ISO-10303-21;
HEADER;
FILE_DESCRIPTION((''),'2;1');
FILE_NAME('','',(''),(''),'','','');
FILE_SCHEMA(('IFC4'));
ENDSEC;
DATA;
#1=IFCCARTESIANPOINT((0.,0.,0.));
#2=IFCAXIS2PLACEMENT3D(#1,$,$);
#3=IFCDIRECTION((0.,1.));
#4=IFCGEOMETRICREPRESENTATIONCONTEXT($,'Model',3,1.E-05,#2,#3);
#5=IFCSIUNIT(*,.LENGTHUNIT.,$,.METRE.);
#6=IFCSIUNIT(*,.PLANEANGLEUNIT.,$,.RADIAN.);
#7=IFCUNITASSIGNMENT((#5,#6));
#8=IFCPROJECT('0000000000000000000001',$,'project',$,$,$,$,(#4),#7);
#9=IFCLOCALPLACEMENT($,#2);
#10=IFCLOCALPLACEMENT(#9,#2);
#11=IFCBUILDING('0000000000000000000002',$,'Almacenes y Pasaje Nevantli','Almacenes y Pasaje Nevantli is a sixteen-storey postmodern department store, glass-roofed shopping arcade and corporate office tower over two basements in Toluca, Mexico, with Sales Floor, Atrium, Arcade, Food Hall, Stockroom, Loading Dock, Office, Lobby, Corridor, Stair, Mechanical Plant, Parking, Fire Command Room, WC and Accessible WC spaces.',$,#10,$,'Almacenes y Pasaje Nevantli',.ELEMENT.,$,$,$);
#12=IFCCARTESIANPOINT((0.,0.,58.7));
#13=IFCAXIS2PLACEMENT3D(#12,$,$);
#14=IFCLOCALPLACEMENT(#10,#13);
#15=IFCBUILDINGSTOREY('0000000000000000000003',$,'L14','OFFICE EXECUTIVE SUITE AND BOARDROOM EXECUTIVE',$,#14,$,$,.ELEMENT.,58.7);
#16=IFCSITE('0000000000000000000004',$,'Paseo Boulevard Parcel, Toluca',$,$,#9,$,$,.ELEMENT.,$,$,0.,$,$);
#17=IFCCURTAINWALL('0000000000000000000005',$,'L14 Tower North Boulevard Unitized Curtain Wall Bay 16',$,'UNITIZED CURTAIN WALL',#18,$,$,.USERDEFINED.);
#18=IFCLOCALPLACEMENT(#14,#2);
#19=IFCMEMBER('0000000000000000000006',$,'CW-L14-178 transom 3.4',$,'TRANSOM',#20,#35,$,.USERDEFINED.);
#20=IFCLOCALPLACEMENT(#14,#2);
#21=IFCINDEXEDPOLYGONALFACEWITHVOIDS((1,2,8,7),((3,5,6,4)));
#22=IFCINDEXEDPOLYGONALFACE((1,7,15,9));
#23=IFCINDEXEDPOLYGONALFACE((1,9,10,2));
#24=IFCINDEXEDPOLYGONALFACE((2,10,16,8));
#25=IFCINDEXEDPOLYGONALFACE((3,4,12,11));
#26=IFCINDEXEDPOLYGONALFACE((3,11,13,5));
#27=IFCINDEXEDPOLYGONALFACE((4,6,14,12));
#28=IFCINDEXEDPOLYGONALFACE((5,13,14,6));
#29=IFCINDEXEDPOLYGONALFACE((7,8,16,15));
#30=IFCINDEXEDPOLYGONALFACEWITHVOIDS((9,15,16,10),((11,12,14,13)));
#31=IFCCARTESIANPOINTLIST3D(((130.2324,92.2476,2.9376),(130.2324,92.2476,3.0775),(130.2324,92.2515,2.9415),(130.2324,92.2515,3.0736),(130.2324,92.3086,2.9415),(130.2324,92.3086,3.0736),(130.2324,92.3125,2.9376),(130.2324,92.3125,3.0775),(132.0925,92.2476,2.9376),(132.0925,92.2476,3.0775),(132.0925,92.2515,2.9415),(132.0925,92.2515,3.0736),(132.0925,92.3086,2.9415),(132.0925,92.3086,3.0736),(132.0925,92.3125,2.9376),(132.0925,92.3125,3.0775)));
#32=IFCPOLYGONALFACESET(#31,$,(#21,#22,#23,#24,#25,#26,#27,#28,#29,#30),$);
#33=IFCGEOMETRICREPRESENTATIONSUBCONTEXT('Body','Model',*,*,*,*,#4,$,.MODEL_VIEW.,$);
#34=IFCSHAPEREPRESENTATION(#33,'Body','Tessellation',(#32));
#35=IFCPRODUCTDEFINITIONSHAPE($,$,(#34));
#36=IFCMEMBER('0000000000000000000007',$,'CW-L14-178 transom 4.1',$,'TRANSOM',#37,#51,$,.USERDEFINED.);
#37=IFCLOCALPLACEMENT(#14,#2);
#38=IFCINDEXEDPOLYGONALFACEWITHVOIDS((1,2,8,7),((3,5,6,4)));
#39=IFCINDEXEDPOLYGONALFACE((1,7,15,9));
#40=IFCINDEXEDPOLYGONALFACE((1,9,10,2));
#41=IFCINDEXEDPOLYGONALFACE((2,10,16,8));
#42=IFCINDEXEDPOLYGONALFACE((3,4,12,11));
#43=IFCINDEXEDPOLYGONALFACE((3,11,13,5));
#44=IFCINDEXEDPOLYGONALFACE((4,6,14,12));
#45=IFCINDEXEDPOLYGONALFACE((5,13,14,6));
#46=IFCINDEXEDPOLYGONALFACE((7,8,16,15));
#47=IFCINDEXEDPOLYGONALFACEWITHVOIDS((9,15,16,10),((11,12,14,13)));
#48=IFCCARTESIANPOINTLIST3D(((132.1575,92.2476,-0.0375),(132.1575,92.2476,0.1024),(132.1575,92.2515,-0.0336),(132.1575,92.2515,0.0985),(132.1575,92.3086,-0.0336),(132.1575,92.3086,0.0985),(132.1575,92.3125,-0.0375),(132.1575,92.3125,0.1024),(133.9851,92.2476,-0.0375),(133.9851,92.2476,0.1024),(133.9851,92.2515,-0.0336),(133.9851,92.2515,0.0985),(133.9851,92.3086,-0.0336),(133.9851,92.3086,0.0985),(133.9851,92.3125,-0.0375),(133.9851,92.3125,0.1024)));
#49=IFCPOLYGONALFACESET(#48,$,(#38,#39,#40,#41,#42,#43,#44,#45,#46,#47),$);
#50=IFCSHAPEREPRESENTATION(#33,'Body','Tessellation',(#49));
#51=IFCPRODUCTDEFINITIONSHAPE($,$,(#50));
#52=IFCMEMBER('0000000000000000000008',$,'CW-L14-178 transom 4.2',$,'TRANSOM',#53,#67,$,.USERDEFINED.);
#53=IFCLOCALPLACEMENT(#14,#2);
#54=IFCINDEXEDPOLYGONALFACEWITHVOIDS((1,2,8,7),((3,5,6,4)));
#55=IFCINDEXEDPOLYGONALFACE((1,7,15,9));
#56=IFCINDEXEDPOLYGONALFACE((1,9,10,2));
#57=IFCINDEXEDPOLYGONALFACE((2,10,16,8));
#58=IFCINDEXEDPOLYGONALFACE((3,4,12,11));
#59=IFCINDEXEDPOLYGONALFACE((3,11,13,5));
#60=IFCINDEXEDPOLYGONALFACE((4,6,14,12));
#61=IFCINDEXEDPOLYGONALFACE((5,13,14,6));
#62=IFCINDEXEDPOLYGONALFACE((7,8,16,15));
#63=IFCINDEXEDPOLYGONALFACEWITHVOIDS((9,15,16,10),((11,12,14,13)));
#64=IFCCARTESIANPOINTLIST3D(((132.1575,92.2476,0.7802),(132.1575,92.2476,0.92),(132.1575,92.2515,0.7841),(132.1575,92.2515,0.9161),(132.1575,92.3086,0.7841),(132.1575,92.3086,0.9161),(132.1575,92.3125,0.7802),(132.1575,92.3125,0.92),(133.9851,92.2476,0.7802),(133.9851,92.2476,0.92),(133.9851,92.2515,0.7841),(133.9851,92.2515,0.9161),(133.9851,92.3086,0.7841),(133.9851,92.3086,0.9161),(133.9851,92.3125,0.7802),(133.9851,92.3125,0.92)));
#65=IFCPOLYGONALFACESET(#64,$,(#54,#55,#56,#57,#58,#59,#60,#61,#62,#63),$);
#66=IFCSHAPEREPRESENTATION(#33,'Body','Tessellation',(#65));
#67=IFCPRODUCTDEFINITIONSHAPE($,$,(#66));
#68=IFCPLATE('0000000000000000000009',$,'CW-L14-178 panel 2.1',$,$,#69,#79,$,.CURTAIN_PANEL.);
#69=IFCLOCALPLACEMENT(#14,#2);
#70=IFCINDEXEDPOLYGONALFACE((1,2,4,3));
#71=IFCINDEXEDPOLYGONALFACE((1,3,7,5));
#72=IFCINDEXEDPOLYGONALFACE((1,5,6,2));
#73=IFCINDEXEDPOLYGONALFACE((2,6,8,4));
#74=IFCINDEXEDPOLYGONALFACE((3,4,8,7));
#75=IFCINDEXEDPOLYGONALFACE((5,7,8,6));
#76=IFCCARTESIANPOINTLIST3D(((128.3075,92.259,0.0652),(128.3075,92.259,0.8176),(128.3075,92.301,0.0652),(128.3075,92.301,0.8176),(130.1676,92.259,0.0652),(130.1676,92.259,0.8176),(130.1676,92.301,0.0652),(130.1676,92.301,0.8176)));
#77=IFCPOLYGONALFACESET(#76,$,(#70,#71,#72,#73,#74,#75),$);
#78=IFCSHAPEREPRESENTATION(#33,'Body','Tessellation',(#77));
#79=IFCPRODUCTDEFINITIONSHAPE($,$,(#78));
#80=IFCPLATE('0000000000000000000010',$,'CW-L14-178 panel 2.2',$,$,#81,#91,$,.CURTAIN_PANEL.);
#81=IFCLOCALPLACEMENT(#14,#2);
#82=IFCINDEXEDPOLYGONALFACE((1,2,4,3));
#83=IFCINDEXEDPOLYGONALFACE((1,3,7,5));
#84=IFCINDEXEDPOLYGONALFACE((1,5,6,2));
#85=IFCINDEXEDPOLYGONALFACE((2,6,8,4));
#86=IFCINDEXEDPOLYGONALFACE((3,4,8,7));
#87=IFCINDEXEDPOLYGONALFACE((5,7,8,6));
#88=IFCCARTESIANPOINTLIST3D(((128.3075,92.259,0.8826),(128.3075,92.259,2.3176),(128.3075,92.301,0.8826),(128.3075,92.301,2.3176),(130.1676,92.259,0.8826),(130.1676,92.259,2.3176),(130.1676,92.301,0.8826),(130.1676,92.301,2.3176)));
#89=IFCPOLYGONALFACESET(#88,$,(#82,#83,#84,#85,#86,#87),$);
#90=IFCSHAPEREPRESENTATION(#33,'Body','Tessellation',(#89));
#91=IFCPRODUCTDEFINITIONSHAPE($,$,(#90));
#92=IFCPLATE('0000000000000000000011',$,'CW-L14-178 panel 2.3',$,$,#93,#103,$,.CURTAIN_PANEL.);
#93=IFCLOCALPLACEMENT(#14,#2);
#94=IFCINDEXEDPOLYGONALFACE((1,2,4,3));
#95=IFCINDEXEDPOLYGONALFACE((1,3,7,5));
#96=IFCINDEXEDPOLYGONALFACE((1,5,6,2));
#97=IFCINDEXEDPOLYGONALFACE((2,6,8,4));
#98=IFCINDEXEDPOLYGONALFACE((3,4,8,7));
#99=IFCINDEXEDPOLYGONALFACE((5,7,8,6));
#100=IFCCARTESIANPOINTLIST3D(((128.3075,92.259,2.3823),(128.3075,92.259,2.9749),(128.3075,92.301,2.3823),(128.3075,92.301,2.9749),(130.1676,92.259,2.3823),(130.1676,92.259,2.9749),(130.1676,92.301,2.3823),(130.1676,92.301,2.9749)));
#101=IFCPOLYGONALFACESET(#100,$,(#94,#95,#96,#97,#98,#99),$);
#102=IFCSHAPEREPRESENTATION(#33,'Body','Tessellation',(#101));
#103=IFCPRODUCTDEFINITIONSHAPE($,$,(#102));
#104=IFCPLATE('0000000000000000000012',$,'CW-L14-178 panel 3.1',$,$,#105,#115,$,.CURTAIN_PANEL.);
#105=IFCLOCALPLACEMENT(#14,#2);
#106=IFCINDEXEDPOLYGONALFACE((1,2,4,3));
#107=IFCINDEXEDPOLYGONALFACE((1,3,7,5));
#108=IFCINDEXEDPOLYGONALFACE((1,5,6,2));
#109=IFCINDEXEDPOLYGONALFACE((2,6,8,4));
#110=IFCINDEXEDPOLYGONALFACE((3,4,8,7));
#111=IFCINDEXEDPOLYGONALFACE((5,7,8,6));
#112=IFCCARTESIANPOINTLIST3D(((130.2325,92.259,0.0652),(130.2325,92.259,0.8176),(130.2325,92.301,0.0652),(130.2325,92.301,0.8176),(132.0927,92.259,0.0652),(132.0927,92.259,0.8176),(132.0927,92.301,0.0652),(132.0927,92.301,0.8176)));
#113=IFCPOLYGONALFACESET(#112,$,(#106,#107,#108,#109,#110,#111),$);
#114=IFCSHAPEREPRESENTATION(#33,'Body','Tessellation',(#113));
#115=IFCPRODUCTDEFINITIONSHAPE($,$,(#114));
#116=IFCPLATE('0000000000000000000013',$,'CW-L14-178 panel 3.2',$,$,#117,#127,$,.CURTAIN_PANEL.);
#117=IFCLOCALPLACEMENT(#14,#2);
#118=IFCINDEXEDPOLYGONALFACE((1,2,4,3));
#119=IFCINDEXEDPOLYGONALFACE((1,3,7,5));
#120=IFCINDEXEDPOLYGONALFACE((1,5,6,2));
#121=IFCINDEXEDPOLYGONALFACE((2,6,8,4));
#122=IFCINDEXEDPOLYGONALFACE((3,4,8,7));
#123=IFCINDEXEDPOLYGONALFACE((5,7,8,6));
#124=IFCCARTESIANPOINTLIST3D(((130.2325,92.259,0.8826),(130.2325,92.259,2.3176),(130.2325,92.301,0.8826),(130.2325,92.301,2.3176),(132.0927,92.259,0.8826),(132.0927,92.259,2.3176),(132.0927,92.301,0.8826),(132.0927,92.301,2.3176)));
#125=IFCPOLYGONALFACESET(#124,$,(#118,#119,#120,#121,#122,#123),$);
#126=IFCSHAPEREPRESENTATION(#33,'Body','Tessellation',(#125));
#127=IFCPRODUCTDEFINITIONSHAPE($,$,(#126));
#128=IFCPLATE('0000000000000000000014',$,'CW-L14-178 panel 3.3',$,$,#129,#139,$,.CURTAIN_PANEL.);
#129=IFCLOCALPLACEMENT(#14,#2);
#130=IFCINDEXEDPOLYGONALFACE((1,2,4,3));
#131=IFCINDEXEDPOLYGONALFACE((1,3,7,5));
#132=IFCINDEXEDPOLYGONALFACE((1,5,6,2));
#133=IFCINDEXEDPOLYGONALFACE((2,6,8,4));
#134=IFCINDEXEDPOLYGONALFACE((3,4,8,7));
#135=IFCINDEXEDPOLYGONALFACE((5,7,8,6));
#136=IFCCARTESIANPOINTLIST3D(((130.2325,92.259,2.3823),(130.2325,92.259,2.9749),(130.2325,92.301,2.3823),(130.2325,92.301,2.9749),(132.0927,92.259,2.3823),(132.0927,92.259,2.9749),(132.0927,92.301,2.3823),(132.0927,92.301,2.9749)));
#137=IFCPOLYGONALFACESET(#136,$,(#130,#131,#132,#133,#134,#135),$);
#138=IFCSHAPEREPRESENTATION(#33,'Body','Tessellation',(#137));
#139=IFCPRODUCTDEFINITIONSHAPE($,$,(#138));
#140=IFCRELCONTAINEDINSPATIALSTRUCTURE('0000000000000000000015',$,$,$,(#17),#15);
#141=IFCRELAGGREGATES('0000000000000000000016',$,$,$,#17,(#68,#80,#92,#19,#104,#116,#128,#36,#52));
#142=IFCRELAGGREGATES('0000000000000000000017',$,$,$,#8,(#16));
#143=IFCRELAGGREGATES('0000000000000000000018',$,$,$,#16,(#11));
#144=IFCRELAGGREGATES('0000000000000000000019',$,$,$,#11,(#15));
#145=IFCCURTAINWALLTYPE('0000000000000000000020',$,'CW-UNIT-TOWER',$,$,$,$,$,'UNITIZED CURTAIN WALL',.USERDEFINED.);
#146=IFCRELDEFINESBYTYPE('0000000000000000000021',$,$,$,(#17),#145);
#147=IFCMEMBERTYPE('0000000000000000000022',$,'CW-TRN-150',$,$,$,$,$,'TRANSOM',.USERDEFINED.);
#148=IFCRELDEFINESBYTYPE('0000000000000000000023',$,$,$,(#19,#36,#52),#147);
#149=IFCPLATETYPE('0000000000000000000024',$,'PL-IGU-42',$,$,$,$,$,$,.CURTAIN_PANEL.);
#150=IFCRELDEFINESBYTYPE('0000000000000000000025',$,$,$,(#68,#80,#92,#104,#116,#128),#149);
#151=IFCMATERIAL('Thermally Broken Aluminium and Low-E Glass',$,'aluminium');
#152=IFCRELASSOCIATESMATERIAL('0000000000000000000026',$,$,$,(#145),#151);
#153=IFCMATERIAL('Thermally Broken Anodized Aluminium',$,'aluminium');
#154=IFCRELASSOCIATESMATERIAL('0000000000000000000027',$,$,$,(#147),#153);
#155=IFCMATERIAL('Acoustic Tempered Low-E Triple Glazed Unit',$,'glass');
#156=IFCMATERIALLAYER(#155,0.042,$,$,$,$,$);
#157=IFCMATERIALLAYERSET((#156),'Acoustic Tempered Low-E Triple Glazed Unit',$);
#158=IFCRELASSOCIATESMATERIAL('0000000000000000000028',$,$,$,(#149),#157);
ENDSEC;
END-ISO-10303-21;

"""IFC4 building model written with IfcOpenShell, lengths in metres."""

from ifc_helpers import new_model, si_unit, direction, frame, origin, origin_2d, place, context, subcontext, project, spatial, rectangle, hollow_rectangle, extrude, material, layer, layer_set, material_profile, profile_set, type_object, element, aggregate, save


model = new_model("IFC4")

# Units and contexts
model_context = context("Model", 3, precision=1e-05, world=origin(), true_north=direction((0.0, 1.0)))
body_context = subcontext(model_context, "Body", "Model", "MODEL_VIEW")
ifc_project = project(units=[si_unit("LENGTHUNIT", "METRE"), si_unit("PLANEANGLEUNIT", "RADIAN")], contexts=[model_context])

# Site, building, storey
site_placement = place(None, origin())
site = spatial("IfcSite", under=ifc_project, at=site_placement, Name="Paseo Boulevard Parcel, Toluca", CompositionType="ELEMENT", RefElevation=0.0)
building_placement = place(site_placement, origin())
building = spatial("IfcBuilding", under=site, at=building_placement, Name="Almacenes y Pasaje Nevantli", Description="Almacenes y Pasaje Nevantli is a sixteen-storey postmodern department store, glass-roofed shopping arcade and corporate office tower over two basements in Toluca, Mexico, with Sales Floor, Atrium, Arcade, Food Hall, Stockroom, Loading Dock, Office, Lobby, Corridor, Stair, Mechanical Plant, Parking, Fire Command Room, WC and Accessible WC spaces.", LongName="Almacenes y Pasaje Nevantli", CompositionType="ELEMENT")
storey_placement = place(building_placement, frame((0.0, 0.0, 58.7)))
storey = spatial("IfcBuildingStorey", under=building, at=storey_placement, Name="L14", Description="OFFICE EXECUTIVE SUITE AND BOARDROOM EXECUTIVE", CompositionType="ELEMENT", Elevation=58.7)

# Curtain wall, members, plates
ifc_material_1 = material(Name="Thermally Broken Aluminium and Low-E Glass", Category="aluminium")
curtain_wall_type = type_object("IfcCurtainWallType", Name="CW-UNIT-TOWER", ElementType="UNITIZED CURTAIN WALL", PredefinedType="USERDEFINED", material=ifc_material_1)
curtain_wall_placement = place(storey_placement, origin())
curtain_wall = element("IfcCurtainWall", 1, at=curtain_wall_placement, inside=storey, type_object=curtain_wall_type, Name="L14 Tower North Boulevard Unitized Curtain Wall Bay 16", ObjectType="UNITIZED CURTAIN WALL", PredefinedType="USERDEFINED")
ifc_material_2 = material(Name="Thermally Broken Anodized Aluminium", Category="aluminium")
ifc_material_profile_1 = material_profile(ifc_material_2, hollow_rectangle(XDim=0.0649, YDim=0.1399, WallThickness=0.0039, at=origin_2d()), Name="ALU-TRN-65x140")
ifc_profile_set_1 = profile_set([ifc_material_profile_1], Name="Thermally Broken Anodized Aluminium")
member_type_1 = type_object("IfcMemberType", Name="CW-TRN-150", ElementType="TRANSOM", PredefinedType="USERDEFINED", material=ifc_profile_set_1)
member_1_placement = place(storey_placement, frame((130.2324, 92.28, 3.0076), z_axis=(1.0, 0.0, 0.0), x_axis=(0.0, 1.0, 0.0)))
member_1 = element("IfcMember", 2, at=member_1_placement, type_object=member_type_1, Name="CW-L14-178 transom 3.4", ObjectType="TRANSOM", PredefinedType="USERDEFINED", context=body_context, shape_type="SweptSolid", body=[
    extrude(hollow_rectangle(XDim=0.0649, YDim=0.1399, WallThickness=0.0039, at=origin_2d()), origin(), (0.0, 0.0, 1.0), 1.8601),
])
member_2_placement = place(storey_placement, frame((132.1575, 92.28, 0.0325), z_axis=(1.0, 0.0, 0.0), x_axis=(0.0, 1.0, 0.0)))
member_2 = element("IfcMember", 3, at=member_2_placement, type_object=member_type_1, Name="CW-L14-178 transom 4.1", ObjectType="TRANSOM", PredefinedType="USERDEFINED", context=body_context, shape_type="SweptSolid", body=[
    extrude(hollow_rectangle(XDim=0.0649, YDim=0.1399, WallThickness=0.0039, at=origin_2d()), origin(), (0.0, 0.0, 1.0), 1.8276),
])
member_3_placement = place(storey_placement, frame((132.1575, 92.28, 0.8501), z_axis=(1.0, 0.0, 0.0), x_axis=(0.0, 1.0, 0.0)))
member_3 = element("IfcMember", 4, at=member_3_placement, type_object=member_type_1, Name="CW-L14-178 transom 4.2", ObjectType="TRANSOM", PredefinedType="USERDEFINED", context=body_context, shape_type="SweptSolid", body=[
    extrude(hollow_rectangle(XDim=0.0649, YDim=0.1399, WallThickness=0.0039, at=origin_2d()), origin(), (0.0, 0.0, 1.0), 1.8276),
])
ifc_material_3 = material(Name="Acoustic Tempered Low-E Triple Glazed Unit", Category="glass")
ifc_layer = layer(ifc_material_3, 0.042)
ifc_layer_set = layer_set([ifc_layer], Name="Acoustic Tempered Low-E Triple Glazed Unit")
plate_type = type_object("IfcPlateType", Name="PL-IGU-42", PredefinedType="CURTAIN_PANEL", material=ifc_layer_set)
plate_1_placement = place(storey_placement, frame((129.2375, 92.28, 0.0652), z_axis=(0.0, 0.0, 1.0), x_axis=(1.0, 0.0, 0.0)))
plate_1 = element("IfcPlate", 5, at=plate_1_placement, type_object=plate_type, Name="CW-L14-178 panel 2.1", PredefinedType="CURTAIN_PANEL", context=body_context, shape_type="SweptSolid", body=[
    extrude(rectangle(XDim=1.8601, YDim=0.042, at=origin_2d()), origin(), (0.0, 0.0, 1.0), 0.7524),
])
plate_2_placement = place(storey_placement, frame((129.2375, 92.28, 0.8826), z_axis=(0.0, 0.0, 1.0), x_axis=(1.0, 0.0, 0.0)))
plate_2 = element("IfcPlate", 6, at=plate_2_placement, type_object=plate_type, Name="CW-L14-178 panel 2.2", PredefinedType="CURTAIN_PANEL", context=body_context, shape_type="SweptSolid", body=[
    extrude(rectangle(XDim=1.8601, YDim=0.042, at=origin_2d()), origin(), (0.0, 0.0, 1.0), 1.4351),
])
plate_3_placement = place(storey_placement, frame((129.2375, 92.28, 2.3823), z_axis=(0.0, 0.0, 1.0), x_axis=(1.0, 0.0, 0.0)))
plate_3 = element("IfcPlate", 7, at=plate_3_placement, type_object=plate_type, Name="CW-L14-178 panel 2.3", PredefinedType="CURTAIN_PANEL", context=body_context, shape_type="SweptSolid", body=[
    extrude(rectangle(XDim=1.8601, YDim=0.042, at=origin_2d()), origin(), (0.0, 0.0, 1.0), 0.5925),
])
plate_4_placement = place(storey_placement, frame((131.1626, 92.28, 0.0652), z_axis=(0.0, 0.0, 1.0), x_axis=(1.0, 0.0, 0.0)))
plate_4 = element("IfcPlate", 8, at=plate_4_placement, type_object=plate_type, Name="CW-L14-178 panel 3.1", PredefinedType="CURTAIN_PANEL", context=body_context, shape_type="SweptSolid", body=[
    extrude(rectangle(XDim=1.8601, YDim=0.042, at=origin_2d()), origin(), (0.0, 0.0, 1.0), 0.7524),
])
plate_5_placement = place(storey_placement, frame((131.1626, 92.28, 0.8826), z_axis=(0.0, 0.0, 1.0), x_axis=(1.0, 0.0, 0.0)))
plate_5 = element("IfcPlate", 9, at=plate_5_placement, type_object=plate_type, Name="CW-L14-178 panel 3.2", PredefinedType="CURTAIN_PANEL", context=body_context, shape_type="SweptSolid", body=[
    extrude(rectangle(XDim=1.8601, YDim=0.042, at=origin_2d()), origin(), (0.0, 0.0, 1.0), 1.4351),
])
plate_6_placement = place(storey_placement, frame((131.1626, 92.28, 2.3823), z_axis=(0.0, 0.0, 1.0), x_axis=(1.0, 0.0, 0.0)))
plate_6 = element("IfcPlate", 10, at=plate_6_placement, type_object=plate_type, Name="CW-L14-178 panel 3.3", PredefinedType="CURTAIN_PANEL", context=body_context, shape_type="SweptSolid", body=[
    extrude(rectangle(XDim=1.8601, YDim=0.042, at=origin_2d()), origin(), (0.0, 0.0, 1.0), 0.5925),
])
aggregate(curtain_wall, [plate_1, plate_2, plate_3, member_1, plate_4, plate_5, plate_6, member_2, member_3])

save(model, "model.ifc")
